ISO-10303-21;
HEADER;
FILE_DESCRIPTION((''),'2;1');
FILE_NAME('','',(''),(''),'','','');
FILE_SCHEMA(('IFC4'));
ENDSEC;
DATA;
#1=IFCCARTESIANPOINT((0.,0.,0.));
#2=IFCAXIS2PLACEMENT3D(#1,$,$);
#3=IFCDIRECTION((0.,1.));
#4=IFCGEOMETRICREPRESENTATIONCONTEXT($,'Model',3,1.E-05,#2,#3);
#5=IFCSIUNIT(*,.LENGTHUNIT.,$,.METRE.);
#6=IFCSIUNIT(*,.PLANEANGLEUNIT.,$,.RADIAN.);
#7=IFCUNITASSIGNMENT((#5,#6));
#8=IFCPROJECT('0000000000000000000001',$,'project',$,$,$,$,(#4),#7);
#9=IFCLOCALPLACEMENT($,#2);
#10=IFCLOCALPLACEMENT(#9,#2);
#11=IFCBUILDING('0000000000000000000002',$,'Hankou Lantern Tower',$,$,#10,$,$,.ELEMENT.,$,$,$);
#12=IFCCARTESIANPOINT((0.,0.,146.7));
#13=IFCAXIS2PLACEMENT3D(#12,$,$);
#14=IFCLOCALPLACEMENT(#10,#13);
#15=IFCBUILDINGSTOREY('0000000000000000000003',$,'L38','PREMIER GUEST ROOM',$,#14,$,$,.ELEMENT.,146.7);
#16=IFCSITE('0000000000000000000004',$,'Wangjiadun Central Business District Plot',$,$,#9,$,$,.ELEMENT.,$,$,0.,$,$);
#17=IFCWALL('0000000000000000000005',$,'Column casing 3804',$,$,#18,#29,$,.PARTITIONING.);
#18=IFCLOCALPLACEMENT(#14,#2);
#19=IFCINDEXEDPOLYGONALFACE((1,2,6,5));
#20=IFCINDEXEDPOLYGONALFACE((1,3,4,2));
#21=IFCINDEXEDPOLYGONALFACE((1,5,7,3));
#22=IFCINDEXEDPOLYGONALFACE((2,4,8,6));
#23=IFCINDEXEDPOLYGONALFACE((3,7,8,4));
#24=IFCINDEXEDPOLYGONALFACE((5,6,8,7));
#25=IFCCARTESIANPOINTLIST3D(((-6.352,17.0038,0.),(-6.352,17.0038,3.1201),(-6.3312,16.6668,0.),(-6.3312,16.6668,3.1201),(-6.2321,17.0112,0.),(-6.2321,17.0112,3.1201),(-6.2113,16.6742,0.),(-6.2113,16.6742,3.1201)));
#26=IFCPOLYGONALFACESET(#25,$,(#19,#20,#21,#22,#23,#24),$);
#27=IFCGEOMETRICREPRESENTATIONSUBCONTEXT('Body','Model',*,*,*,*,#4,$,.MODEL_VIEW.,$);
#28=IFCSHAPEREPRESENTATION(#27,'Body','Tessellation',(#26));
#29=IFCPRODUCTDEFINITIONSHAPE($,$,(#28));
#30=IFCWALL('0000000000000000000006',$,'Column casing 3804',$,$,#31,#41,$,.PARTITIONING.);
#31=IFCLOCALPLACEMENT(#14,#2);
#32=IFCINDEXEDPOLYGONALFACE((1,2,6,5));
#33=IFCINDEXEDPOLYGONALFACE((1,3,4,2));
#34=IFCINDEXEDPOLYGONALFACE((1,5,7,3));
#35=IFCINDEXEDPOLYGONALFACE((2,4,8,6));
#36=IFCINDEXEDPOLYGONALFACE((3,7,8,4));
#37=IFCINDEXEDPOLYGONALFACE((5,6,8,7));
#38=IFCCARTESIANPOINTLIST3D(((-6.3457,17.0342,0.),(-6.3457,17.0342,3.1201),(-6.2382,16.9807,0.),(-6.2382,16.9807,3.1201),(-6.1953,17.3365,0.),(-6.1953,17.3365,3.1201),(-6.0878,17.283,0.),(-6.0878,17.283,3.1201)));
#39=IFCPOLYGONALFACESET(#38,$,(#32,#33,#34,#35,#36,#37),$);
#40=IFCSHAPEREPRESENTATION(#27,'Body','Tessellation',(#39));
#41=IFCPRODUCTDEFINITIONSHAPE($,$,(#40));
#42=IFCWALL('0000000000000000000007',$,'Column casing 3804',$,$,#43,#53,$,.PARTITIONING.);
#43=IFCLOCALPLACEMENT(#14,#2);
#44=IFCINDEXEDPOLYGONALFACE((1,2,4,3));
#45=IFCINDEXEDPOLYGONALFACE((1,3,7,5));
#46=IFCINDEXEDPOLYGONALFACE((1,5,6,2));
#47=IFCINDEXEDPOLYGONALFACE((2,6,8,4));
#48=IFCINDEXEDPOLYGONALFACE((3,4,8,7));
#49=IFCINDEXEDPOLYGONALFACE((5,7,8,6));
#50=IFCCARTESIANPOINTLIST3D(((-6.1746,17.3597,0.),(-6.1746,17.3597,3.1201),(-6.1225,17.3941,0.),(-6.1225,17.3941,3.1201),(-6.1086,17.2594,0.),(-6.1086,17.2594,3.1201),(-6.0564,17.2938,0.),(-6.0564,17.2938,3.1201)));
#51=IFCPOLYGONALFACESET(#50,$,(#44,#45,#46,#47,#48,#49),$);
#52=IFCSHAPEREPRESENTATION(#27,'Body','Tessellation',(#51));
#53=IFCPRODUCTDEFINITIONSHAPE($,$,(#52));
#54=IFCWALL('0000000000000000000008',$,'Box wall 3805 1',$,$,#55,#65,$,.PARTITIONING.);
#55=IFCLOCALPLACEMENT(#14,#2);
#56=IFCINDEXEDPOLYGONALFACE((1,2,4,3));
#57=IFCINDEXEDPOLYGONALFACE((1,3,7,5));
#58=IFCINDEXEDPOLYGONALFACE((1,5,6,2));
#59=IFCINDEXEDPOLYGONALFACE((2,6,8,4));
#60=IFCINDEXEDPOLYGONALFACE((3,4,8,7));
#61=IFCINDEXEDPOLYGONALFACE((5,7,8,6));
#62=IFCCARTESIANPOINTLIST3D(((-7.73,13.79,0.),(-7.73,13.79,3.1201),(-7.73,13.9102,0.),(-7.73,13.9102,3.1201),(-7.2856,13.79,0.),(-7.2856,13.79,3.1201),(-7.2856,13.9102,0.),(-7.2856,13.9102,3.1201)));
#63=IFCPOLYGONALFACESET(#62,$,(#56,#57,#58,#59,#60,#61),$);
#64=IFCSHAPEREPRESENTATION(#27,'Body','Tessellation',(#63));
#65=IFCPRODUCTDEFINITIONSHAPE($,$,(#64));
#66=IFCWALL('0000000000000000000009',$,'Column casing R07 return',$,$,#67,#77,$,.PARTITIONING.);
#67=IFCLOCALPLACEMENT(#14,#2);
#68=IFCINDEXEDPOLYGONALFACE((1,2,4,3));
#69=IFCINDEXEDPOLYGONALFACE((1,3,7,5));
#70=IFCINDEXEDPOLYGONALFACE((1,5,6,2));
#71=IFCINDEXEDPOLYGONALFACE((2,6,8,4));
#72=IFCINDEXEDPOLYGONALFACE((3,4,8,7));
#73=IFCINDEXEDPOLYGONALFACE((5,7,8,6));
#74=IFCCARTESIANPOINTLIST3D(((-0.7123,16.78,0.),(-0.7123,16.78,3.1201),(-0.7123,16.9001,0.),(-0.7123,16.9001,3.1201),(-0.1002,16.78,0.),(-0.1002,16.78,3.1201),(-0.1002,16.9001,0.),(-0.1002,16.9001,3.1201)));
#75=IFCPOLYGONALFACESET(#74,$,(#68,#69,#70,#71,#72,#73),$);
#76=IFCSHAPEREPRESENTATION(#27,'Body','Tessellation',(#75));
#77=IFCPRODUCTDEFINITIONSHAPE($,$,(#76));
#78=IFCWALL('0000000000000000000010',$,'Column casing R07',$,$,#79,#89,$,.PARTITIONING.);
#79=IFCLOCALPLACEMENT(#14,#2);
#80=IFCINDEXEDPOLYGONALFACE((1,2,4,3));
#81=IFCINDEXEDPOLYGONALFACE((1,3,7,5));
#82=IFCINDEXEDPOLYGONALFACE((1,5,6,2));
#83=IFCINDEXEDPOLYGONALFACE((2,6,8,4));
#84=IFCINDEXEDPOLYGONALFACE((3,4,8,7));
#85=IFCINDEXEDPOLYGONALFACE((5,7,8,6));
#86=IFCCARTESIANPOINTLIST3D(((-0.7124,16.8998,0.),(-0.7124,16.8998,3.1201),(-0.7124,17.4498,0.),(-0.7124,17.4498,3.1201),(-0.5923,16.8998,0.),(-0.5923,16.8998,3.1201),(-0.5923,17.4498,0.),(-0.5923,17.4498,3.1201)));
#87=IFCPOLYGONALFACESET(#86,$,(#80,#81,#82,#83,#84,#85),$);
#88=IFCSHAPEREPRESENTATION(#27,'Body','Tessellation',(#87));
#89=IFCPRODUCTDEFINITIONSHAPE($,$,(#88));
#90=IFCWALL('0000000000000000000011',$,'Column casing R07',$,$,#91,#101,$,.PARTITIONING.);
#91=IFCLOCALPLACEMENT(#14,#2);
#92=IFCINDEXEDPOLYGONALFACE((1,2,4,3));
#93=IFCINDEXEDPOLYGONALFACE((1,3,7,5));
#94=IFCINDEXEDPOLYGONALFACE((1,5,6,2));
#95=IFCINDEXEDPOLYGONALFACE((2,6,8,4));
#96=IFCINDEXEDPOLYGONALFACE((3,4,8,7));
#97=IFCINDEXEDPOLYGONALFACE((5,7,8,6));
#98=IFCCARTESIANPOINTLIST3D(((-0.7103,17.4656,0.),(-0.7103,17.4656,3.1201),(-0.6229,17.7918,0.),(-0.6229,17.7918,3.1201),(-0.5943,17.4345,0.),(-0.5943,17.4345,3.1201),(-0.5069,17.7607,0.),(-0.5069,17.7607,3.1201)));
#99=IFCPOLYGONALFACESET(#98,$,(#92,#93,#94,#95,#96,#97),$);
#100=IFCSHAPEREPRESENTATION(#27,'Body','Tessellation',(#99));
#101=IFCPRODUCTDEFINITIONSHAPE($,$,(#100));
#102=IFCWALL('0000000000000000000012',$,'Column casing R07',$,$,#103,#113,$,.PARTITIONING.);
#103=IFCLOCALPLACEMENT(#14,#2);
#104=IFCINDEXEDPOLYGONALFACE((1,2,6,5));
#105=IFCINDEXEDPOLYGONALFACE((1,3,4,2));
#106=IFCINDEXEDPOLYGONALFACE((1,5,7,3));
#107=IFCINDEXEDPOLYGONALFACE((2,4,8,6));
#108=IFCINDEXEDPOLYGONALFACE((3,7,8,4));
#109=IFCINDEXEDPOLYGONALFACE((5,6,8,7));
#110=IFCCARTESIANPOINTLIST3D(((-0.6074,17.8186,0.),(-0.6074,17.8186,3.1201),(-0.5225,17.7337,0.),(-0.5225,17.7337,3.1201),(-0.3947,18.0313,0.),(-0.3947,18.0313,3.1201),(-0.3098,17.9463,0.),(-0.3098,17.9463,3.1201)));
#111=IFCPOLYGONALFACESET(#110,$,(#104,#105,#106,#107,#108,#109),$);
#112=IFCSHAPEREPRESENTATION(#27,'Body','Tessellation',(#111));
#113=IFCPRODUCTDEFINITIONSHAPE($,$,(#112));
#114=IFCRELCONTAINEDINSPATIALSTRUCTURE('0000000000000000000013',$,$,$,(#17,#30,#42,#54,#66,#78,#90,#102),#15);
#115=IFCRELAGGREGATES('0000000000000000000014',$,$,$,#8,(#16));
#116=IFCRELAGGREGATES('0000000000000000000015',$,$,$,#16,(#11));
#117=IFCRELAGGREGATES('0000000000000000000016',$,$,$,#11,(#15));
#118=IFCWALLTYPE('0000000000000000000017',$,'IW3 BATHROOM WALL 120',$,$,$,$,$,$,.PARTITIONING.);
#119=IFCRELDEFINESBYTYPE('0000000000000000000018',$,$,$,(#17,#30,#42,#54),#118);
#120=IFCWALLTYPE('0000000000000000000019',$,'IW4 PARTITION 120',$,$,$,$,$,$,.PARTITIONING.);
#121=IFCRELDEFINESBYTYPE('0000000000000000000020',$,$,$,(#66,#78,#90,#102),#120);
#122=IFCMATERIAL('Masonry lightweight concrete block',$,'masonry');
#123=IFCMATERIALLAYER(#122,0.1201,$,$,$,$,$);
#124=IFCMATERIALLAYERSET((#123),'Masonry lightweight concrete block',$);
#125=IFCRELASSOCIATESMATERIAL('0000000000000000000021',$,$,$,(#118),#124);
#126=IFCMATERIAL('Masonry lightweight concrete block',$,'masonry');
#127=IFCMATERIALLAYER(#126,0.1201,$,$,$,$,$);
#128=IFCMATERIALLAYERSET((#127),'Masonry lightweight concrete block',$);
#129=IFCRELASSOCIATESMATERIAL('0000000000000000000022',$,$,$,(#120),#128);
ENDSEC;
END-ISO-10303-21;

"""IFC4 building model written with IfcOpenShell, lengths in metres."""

from ifc_helpers import new_model, si_unit, direction, frame, frame_2d, origin, place, context, subcontext, project, spatial, rectangle, extrude, material, layer, layer_set, type_object, element, save


model = new_model("IFC4")

# Units and contexts
model_context = context("Model", 3, precision=1e-05, world=origin(), true_north=direction((0.0, 1.0)))
body_context = subcontext(model_context, "Body", "Model", "MODEL_VIEW")
ifc_project = project(units=[si_unit("LENGTHUNIT", "METRE"), si_unit("PLANEANGLEUNIT", "RADIAN")], contexts=[model_context])

# Site, building, storey
site_placement = place(None, origin())
site = spatial("IfcSite", under=ifc_project, at=site_placement, Name="Wangjiadun Central Business District Plot", CompositionType="ELEMENT", RefElevation=0.0)
building_placement = place(site_placement, origin())
building = spatial("IfcBuilding", under=site, at=building_placement, Name="Hankou Lantern Tower", CompositionType="ELEMENT")
storey_placement = place(building_placement, frame((0.0, 0.0, 146.7)))
storey = spatial("IfcBuildingStorey", under=building, at=storey_placement, Name="L38", Description="PREMIER GUEST ROOM", CompositionType="ELEMENT", Elevation=146.7)

# Shared definitions
ifc_material_1 = material(Name="Masonry lightweight concrete block", Category="masonry")
ifc_layer_1 = layer(ifc_material_1, 0.1201)
ifc_layer_set_1 = layer_set([ifc_layer_1], Name="Masonry lightweight concrete block")
wall_type_1 = type_object("IfcWallType", Name="IW3 BATHROOM WALL 120", PredefinedType="PARTITIONING", material=ifc_layer_set_1)

# Walls
for number, where, z_axis, x_axis, name in (
    (1, (-6.2712, 16.6704, 0.0), (0.0, 0.0, 1.0), (-0.061478, 0.998108, 0.0), "Column casing 3804"),
    (2, (-6.292, 17.0073, 0.0), (0.0, 0.0, 1.0), (0.445477, 0.895293, 0.0), "Column casing 3804"),
):
    element("IfcWall", number, at=place(storey_placement, frame(where, z_axis=z_axis, x_axis=x_axis)), inside=storey, type_object=wall_type_1, Name=name, PredefinedType="PARTITIONING", context=body_context, shape_type="SweptSolid", body=[
        extrude(rectangle(XDim=0.3376, YDim=0.1201, at=frame_2d((0.1689, 0.0))), origin(), (0.0, 0.0, 1.0), 3.1201),
    ])
wall_1_placement = place(storey_placement, frame((-6.1416, 17.3096, 0.0), z_axis=(0.0, 0.0, 1.0), x_axis=(0.83504, 0.55019, 0.0)))
element("IfcWall", 3, at=wall_1_placement, inside=storey, type_object=wall_type_1, Name="Column casing 3804", PredefinedType="PARTITIONING", context=body_context, shape_type="SweptSolid", body=[
    extrude(rectangle(XDim=0.0625, YDim=0.1201, at=frame_2d((0.0312, 0.0))), origin(), (0.0, 0.0, 1.0), 3.1201),
])
wall_2_placement = place(storey_placement, frame((-7.2856, 13.8501, 0.0), z_axis=(0.0, 0.0, 1.0), x_axis=(-1.0, 0.0, 0.0)))
element("IfcWall", 4, at=wall_2_placement, inside=storey, type_object=wall_type_1, Name="Box wall 3805 1", PredefinedType="PARTITIONING", context=body_context, shape_type="SweptSolid", body=[
    extrude(rectangle(XDim=0.4443, YDim=0.1201, at=frame_2d((0.2222, 0.0))), origin(), (0.0, 0.0, 1.0), 3.1201),
])
ifc_material_2 = material(Name="Masonry lightweight concrete block", Category="masonry")
ifc_layer_2 = layer(ifc_material_2, 0.1201)
ifc_layer_set_2 = layer_set([ifc_layer_2], Name="Masonry lightweight concrete block")
wall_type_2 = type_object("IfcWallType", Name="IW4 PARTITION 120", PredefinedType="PARTITIONING", material=ifc_layer_set_2)
wall_3_placement = place(storey_placement, frame((-0.1001, 16.8401, 0.0), z_axis=(0.0, 0.0, 1.0), x_axis=(-1.0, 0.0, 0.0)))
element("IfcWall", 5, at=wall_3_placement, inside=storey, type_object=wall_type_2, Name="Column casing R07 return", PredefinedType="PARTITIONING", context=body_context, shape_type="SweptSolid", body=[
    extrude(rectangle(XDim=0.6121, YDim=0.1201, at=frame_2d((0.3062, 0.0))), origin(), (0.0, 0.0, 1.0), 3.1201),
])
wall_4_placement = place(storey_placement, frame((-0.6523, 16.8999, 0.0), z_axis=(0.0, 0.0, 1.0), x_axis=(0.0, 1.0, 0.0)))
element("IfcWall", 6, at=wall_4_placement, inside=storey, type_object=wall_type_2, Name="Column casing R07", PredefinedType="PARTITIONING", context=body_context, shape_type="SweptSolid", body=[
    extrude(rectangle(XDim=0.55, YDim=0.1201, at=frame_2d((0.2749, 0.0))), origin(), (0.0, 0.0, 1.0), 3.1201),
])
wall_5_placement = place(storey_placement, frame((-0.6523, 17.45, 0.0), z_axis=(0.0, 0.0, 1.0), x_axis=(0.258832, 0.965922, 0.0)))
element("IfcWall", 7, at=wall_5_placement, inside=storey, type_object=wall_type_2, Name="Column casing R07", PredefinedType="PARTITIONING", context=body_context, shape_type="SweptSolid", body=[
    extrude(rectangle(XDim=0.3376, YDim=0.1201, at=frame_2d((0.1689, 0.0))), origin(), (0.0, 0.0, 1.0), 3.1201),
])
wall_6_placement = place(storey_placement, frame((-0.5649, 17.7761, 0.0), z_axis=(0.0, 0.0, 1.0), x_axis=(0.707107, 0.707107, 0.0)))
element("IfcWall", 8, at=wall_6_placement, inside=storey, type_object=wall_type_2, Name="Column casing R07", PredefinedType="PARTITIONING", context=body_context, shape_type="SweptSolid", body=[
    extrude(rectangle(XDim=0.3008, YDim=0.1201, at=frame_2d((0.1504, 0.0))), origin(), (0.0, 0.0, 1.0), 3.1201),
])

save(model, "model.ifc")
